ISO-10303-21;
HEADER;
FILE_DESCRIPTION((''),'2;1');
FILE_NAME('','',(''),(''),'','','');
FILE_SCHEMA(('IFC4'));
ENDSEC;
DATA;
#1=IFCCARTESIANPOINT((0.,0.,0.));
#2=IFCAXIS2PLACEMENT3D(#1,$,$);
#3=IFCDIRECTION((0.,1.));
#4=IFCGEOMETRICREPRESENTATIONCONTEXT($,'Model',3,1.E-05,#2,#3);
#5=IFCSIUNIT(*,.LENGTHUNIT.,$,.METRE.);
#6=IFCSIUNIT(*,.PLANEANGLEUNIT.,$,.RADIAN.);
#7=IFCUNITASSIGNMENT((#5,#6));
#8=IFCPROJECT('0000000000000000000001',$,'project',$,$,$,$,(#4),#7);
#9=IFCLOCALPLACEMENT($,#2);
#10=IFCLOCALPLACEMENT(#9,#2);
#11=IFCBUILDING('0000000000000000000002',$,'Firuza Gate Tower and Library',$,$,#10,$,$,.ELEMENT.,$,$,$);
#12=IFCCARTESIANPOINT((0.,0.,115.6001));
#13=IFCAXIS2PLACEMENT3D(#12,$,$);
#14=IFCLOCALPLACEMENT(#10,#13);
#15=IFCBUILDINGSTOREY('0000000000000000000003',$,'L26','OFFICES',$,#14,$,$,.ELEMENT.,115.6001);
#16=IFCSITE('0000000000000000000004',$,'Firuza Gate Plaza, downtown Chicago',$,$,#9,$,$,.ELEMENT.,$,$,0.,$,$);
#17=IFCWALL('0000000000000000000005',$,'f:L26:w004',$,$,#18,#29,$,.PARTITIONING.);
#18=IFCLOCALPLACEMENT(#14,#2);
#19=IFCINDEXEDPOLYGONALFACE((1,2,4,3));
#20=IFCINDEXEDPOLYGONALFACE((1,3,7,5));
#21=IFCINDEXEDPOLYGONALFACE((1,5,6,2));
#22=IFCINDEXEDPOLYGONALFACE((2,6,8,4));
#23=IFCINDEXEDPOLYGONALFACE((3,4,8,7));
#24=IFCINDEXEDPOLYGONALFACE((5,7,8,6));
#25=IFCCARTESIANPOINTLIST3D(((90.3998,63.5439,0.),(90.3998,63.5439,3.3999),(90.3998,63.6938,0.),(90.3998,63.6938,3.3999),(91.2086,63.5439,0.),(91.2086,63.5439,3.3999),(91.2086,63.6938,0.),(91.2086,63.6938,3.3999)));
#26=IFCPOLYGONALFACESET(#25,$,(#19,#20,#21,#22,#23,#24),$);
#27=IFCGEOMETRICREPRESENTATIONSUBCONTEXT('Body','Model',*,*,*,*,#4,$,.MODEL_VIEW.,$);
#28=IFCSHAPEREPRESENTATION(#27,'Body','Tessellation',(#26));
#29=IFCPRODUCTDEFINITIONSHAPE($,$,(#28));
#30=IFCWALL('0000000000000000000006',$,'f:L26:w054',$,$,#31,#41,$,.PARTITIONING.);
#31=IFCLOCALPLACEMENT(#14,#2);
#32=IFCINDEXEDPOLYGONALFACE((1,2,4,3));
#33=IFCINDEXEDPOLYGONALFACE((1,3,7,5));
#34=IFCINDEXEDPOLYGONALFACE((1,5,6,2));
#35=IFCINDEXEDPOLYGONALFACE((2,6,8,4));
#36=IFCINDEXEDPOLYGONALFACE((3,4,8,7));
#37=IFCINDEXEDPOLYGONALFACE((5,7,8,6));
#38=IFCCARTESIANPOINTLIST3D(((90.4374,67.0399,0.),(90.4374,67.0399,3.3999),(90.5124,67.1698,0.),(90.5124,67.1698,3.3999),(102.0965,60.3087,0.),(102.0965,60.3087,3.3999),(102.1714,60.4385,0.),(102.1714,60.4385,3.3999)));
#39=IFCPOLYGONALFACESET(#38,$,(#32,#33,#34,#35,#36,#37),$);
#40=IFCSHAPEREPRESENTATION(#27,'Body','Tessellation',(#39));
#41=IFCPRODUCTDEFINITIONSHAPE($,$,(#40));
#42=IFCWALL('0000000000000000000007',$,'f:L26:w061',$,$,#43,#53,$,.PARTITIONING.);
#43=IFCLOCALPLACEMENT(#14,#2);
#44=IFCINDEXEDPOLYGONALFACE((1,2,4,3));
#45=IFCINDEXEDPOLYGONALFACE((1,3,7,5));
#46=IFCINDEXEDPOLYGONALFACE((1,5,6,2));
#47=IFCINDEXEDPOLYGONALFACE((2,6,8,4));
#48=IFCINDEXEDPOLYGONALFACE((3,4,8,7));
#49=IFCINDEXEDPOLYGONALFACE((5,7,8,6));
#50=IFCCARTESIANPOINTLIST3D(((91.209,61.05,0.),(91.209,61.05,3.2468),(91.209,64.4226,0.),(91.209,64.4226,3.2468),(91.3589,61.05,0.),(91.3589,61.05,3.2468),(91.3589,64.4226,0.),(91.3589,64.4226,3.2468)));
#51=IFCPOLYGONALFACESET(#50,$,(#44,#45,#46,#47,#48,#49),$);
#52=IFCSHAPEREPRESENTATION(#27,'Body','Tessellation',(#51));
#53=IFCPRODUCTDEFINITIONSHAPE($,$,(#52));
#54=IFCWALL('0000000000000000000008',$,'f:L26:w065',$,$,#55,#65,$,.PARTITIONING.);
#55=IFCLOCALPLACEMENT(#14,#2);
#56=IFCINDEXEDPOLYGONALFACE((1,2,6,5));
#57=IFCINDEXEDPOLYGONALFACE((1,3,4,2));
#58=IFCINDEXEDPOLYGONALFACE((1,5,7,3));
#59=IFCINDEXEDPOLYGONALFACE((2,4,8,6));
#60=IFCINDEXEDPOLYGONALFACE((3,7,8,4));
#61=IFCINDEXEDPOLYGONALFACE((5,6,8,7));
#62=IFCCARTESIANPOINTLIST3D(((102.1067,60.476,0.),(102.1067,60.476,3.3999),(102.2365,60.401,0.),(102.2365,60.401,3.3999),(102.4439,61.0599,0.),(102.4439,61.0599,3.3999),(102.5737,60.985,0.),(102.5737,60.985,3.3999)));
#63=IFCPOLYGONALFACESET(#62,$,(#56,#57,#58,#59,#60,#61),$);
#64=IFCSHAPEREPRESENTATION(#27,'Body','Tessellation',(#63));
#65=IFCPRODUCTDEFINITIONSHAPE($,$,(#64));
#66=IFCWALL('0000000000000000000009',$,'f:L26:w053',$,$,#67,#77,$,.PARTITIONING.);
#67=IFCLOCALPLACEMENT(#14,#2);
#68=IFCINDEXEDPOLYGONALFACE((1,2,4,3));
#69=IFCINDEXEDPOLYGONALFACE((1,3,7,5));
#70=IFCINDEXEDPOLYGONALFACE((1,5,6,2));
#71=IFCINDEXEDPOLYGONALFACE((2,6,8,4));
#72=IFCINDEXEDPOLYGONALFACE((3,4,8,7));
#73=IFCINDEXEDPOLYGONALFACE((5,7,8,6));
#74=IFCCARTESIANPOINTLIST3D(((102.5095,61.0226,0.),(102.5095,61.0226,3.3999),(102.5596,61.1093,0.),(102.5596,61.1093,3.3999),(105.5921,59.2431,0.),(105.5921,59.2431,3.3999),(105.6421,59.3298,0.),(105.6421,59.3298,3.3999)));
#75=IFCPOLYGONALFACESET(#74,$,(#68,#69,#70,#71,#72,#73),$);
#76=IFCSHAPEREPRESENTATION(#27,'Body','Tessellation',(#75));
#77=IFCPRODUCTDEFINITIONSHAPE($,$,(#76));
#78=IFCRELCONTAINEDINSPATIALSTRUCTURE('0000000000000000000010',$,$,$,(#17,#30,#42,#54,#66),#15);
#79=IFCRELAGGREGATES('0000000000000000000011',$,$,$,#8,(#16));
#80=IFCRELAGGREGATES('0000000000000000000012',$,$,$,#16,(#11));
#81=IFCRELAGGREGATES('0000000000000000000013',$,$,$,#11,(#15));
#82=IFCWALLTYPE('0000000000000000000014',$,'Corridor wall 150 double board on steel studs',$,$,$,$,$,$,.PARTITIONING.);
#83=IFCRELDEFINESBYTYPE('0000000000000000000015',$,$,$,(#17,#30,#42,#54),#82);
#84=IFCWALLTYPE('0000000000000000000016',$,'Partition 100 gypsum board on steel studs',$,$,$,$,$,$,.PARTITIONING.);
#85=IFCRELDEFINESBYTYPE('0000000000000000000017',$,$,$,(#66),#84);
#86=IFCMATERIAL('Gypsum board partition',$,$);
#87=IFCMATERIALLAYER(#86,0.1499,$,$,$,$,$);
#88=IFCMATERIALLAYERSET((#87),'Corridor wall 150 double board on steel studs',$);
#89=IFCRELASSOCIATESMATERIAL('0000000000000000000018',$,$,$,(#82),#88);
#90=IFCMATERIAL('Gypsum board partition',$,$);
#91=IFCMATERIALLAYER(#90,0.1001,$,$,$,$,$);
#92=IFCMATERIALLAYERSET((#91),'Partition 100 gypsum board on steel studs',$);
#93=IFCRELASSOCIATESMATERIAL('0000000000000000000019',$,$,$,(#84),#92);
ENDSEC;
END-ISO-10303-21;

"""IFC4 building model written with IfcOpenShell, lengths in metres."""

from ifc_helpers import new_model, si_unit, direction, frame, frame_2d, origin, place, context, subcontext, project, spatial, rectangle, extrude, material, layer, layer_set, type_object, element, save


model = new_model("IFC4")

# Units and contexts
model_context = context("Model", 3, precision=1e-05, world=origin(), true_north=direction((0.0, 1.0)))
body_context = subcontext(model_context, "Body", "Model", "MODEL_VIEW")
ifc_project = project(units=[si_unit("LENGTHUNIT", "METRE"), si_unit("PLANEANGLEUNIT", "RADIAN")], contexts=[model_context])

# Site, building, storey
site_placement = place(None, origin())
site = spatial("IfcSite", under=ifc_project, at=site_placement, Name="Firuza Gate Plaza, downtown Chicago", CompositionType="ELEMENT", RefElevation=0.0)
building_placement = place(site_placement, origin())
building = spatial("IfcBuilding", under=site, at=building_placement, Name="Firuza Gate Tower and Library", CompositionType="ELEMENT")
storey_placement = place(building_placement, frame((0.0, 0.0, 115.6001)))
storey = spatial("IfcBuildingStorey", under=building, at=storey_placement, Name="L26", Description="OFFICES", CompositionType="ELEMENT", Elevation=115.6001)

# Walls
ifc_material_1 = material(Name="Gypsum board partition")
ifc_layer_1 = layer(ifc_material_1, 0.1499)
ifc_layer_set_1 = layer_set([ifc_layer_1], Name="Corridor wall 150 double board on steel studs")
wall_type_1 = type_object("IfcWallType", Name="Corridor wall 150 double board on steel studs", PredefinedType="PARTITIONING", material=ifc_layer_set_1)
wall_1_placement = place(storey_placement, frame((90.3999, 63.6189, 0.0), z_axis=(0.0, 0.0, 1.0), x_axis=(1.0, 0.0, 0.0)))
element("IfcWall", 1, at=wall_1_placement, inside=storey, type_object=wall_type_1, Name="f:L26:w004", PredefinedType="PARTITIONING", context=body_context, shape_type="SweptSolid", body=[
    extrude(rectangle(XDim=0.8088, YDim=0.1499, at=frame_2d((0.4043, 0.0))), origin(), (0.0, 0.0, 1.0), 3.3999),
])
wall_2_placement = place(storey_placement, frame((102.134, 60.3735, 0.0), z_axis=(0.0, 0.0, 1.0), x_axis=(-0.866028, 0.499995, 0.0)))
element("IfcWall", 2, at=wall_2_placement, inside=storey, type_object=wall_type_1, Name="f:L26:w054", PredefinedType="PARTITIONING", context=body_context, shape_type="SweptSolid", body=[
    extrude(rectangle(XDim=13.4626, YDim=0.1499, at=frame_2d((6.7314, 0.0))), origin(), (0.0, 0.0, 1.0), 3.3999),
])
wall_3_placement = place(storey_placement, frame((91.2839, 61.05, 0.0), z_axis=(0.0, 0.0, 1.0), x_axis=(0.0, 1.0, 0.0)))
element("IfcWall", 3, at=wall_3_placement, inside=storey, type_object=wall_type_1, Name="f:L26:w061", PredefinedType="PARTITIONING", context=body_context, shape_type="SweptSolid", body=[
    extrude(rectangle(XDim=3.3726, YDim=0.1499, at=frame_2d((1.6863, 0.0))), origin(), (0.0, 0.0, 1.0), 3.2468),
])
wall_4_placement = place(storey_placement, frame((102.1716, 60.4385, 0.0), z_axis=(0.0, 0.0, 1.0), x_axis=(0.499994, 0.866029, 0.0)))
element("IfcWall", 4, at=wall_4_placement, inside=storey, type_object=wall_type_1, Name="f:L26:w065", PredefinedType="PARTITIONING", context=body_context, shape_type="SweptSolid", body=[
    extrude(rectangle(XDim=0.6743, YDim=0.1499, at=frame_2d((0.3372, 0.0))), origin(), (0.0, 0.0, 1.0), 3.3999),
])
ifc_material_2 = material(Name="Gypsum board partition")
ifc_layer_2 = layer(ifc_material_2, 0.1001)
ifc_layer_set_2 = layer_set([ifc_layer_2], Name="Partition 100 gypsum board on steel studs")
wall_type_2 = type_object("IfcWallType", Name="Partition 100 gypsum board on steel studs", PredefinedType="PARTITIONING", material=ifc_layer_set_2)
wall_5_placement = place(storey_placement, frame((105.6172, 59.2864, 0.0), z_axis=(0.0, 0.0, 1.0), x_axis=(-0.866044, 0.499968, 0.0)))
element("IfcWall", 5, at=wall_5_placement, inside=storey, type_object=wall_type_2, Name="f:L26:w053", PredefinedType="PARTITIONING", context=body_context, shape_type="SweptSolid", body=[
    extrude(rectangle(XDim=3.5593, YDim=0.1001, at=frame_2d((1.7798, 0.0))), origin(), (0.0, 0.0, 1.0), 3.3999),
])

save(model, "model.ifc")
